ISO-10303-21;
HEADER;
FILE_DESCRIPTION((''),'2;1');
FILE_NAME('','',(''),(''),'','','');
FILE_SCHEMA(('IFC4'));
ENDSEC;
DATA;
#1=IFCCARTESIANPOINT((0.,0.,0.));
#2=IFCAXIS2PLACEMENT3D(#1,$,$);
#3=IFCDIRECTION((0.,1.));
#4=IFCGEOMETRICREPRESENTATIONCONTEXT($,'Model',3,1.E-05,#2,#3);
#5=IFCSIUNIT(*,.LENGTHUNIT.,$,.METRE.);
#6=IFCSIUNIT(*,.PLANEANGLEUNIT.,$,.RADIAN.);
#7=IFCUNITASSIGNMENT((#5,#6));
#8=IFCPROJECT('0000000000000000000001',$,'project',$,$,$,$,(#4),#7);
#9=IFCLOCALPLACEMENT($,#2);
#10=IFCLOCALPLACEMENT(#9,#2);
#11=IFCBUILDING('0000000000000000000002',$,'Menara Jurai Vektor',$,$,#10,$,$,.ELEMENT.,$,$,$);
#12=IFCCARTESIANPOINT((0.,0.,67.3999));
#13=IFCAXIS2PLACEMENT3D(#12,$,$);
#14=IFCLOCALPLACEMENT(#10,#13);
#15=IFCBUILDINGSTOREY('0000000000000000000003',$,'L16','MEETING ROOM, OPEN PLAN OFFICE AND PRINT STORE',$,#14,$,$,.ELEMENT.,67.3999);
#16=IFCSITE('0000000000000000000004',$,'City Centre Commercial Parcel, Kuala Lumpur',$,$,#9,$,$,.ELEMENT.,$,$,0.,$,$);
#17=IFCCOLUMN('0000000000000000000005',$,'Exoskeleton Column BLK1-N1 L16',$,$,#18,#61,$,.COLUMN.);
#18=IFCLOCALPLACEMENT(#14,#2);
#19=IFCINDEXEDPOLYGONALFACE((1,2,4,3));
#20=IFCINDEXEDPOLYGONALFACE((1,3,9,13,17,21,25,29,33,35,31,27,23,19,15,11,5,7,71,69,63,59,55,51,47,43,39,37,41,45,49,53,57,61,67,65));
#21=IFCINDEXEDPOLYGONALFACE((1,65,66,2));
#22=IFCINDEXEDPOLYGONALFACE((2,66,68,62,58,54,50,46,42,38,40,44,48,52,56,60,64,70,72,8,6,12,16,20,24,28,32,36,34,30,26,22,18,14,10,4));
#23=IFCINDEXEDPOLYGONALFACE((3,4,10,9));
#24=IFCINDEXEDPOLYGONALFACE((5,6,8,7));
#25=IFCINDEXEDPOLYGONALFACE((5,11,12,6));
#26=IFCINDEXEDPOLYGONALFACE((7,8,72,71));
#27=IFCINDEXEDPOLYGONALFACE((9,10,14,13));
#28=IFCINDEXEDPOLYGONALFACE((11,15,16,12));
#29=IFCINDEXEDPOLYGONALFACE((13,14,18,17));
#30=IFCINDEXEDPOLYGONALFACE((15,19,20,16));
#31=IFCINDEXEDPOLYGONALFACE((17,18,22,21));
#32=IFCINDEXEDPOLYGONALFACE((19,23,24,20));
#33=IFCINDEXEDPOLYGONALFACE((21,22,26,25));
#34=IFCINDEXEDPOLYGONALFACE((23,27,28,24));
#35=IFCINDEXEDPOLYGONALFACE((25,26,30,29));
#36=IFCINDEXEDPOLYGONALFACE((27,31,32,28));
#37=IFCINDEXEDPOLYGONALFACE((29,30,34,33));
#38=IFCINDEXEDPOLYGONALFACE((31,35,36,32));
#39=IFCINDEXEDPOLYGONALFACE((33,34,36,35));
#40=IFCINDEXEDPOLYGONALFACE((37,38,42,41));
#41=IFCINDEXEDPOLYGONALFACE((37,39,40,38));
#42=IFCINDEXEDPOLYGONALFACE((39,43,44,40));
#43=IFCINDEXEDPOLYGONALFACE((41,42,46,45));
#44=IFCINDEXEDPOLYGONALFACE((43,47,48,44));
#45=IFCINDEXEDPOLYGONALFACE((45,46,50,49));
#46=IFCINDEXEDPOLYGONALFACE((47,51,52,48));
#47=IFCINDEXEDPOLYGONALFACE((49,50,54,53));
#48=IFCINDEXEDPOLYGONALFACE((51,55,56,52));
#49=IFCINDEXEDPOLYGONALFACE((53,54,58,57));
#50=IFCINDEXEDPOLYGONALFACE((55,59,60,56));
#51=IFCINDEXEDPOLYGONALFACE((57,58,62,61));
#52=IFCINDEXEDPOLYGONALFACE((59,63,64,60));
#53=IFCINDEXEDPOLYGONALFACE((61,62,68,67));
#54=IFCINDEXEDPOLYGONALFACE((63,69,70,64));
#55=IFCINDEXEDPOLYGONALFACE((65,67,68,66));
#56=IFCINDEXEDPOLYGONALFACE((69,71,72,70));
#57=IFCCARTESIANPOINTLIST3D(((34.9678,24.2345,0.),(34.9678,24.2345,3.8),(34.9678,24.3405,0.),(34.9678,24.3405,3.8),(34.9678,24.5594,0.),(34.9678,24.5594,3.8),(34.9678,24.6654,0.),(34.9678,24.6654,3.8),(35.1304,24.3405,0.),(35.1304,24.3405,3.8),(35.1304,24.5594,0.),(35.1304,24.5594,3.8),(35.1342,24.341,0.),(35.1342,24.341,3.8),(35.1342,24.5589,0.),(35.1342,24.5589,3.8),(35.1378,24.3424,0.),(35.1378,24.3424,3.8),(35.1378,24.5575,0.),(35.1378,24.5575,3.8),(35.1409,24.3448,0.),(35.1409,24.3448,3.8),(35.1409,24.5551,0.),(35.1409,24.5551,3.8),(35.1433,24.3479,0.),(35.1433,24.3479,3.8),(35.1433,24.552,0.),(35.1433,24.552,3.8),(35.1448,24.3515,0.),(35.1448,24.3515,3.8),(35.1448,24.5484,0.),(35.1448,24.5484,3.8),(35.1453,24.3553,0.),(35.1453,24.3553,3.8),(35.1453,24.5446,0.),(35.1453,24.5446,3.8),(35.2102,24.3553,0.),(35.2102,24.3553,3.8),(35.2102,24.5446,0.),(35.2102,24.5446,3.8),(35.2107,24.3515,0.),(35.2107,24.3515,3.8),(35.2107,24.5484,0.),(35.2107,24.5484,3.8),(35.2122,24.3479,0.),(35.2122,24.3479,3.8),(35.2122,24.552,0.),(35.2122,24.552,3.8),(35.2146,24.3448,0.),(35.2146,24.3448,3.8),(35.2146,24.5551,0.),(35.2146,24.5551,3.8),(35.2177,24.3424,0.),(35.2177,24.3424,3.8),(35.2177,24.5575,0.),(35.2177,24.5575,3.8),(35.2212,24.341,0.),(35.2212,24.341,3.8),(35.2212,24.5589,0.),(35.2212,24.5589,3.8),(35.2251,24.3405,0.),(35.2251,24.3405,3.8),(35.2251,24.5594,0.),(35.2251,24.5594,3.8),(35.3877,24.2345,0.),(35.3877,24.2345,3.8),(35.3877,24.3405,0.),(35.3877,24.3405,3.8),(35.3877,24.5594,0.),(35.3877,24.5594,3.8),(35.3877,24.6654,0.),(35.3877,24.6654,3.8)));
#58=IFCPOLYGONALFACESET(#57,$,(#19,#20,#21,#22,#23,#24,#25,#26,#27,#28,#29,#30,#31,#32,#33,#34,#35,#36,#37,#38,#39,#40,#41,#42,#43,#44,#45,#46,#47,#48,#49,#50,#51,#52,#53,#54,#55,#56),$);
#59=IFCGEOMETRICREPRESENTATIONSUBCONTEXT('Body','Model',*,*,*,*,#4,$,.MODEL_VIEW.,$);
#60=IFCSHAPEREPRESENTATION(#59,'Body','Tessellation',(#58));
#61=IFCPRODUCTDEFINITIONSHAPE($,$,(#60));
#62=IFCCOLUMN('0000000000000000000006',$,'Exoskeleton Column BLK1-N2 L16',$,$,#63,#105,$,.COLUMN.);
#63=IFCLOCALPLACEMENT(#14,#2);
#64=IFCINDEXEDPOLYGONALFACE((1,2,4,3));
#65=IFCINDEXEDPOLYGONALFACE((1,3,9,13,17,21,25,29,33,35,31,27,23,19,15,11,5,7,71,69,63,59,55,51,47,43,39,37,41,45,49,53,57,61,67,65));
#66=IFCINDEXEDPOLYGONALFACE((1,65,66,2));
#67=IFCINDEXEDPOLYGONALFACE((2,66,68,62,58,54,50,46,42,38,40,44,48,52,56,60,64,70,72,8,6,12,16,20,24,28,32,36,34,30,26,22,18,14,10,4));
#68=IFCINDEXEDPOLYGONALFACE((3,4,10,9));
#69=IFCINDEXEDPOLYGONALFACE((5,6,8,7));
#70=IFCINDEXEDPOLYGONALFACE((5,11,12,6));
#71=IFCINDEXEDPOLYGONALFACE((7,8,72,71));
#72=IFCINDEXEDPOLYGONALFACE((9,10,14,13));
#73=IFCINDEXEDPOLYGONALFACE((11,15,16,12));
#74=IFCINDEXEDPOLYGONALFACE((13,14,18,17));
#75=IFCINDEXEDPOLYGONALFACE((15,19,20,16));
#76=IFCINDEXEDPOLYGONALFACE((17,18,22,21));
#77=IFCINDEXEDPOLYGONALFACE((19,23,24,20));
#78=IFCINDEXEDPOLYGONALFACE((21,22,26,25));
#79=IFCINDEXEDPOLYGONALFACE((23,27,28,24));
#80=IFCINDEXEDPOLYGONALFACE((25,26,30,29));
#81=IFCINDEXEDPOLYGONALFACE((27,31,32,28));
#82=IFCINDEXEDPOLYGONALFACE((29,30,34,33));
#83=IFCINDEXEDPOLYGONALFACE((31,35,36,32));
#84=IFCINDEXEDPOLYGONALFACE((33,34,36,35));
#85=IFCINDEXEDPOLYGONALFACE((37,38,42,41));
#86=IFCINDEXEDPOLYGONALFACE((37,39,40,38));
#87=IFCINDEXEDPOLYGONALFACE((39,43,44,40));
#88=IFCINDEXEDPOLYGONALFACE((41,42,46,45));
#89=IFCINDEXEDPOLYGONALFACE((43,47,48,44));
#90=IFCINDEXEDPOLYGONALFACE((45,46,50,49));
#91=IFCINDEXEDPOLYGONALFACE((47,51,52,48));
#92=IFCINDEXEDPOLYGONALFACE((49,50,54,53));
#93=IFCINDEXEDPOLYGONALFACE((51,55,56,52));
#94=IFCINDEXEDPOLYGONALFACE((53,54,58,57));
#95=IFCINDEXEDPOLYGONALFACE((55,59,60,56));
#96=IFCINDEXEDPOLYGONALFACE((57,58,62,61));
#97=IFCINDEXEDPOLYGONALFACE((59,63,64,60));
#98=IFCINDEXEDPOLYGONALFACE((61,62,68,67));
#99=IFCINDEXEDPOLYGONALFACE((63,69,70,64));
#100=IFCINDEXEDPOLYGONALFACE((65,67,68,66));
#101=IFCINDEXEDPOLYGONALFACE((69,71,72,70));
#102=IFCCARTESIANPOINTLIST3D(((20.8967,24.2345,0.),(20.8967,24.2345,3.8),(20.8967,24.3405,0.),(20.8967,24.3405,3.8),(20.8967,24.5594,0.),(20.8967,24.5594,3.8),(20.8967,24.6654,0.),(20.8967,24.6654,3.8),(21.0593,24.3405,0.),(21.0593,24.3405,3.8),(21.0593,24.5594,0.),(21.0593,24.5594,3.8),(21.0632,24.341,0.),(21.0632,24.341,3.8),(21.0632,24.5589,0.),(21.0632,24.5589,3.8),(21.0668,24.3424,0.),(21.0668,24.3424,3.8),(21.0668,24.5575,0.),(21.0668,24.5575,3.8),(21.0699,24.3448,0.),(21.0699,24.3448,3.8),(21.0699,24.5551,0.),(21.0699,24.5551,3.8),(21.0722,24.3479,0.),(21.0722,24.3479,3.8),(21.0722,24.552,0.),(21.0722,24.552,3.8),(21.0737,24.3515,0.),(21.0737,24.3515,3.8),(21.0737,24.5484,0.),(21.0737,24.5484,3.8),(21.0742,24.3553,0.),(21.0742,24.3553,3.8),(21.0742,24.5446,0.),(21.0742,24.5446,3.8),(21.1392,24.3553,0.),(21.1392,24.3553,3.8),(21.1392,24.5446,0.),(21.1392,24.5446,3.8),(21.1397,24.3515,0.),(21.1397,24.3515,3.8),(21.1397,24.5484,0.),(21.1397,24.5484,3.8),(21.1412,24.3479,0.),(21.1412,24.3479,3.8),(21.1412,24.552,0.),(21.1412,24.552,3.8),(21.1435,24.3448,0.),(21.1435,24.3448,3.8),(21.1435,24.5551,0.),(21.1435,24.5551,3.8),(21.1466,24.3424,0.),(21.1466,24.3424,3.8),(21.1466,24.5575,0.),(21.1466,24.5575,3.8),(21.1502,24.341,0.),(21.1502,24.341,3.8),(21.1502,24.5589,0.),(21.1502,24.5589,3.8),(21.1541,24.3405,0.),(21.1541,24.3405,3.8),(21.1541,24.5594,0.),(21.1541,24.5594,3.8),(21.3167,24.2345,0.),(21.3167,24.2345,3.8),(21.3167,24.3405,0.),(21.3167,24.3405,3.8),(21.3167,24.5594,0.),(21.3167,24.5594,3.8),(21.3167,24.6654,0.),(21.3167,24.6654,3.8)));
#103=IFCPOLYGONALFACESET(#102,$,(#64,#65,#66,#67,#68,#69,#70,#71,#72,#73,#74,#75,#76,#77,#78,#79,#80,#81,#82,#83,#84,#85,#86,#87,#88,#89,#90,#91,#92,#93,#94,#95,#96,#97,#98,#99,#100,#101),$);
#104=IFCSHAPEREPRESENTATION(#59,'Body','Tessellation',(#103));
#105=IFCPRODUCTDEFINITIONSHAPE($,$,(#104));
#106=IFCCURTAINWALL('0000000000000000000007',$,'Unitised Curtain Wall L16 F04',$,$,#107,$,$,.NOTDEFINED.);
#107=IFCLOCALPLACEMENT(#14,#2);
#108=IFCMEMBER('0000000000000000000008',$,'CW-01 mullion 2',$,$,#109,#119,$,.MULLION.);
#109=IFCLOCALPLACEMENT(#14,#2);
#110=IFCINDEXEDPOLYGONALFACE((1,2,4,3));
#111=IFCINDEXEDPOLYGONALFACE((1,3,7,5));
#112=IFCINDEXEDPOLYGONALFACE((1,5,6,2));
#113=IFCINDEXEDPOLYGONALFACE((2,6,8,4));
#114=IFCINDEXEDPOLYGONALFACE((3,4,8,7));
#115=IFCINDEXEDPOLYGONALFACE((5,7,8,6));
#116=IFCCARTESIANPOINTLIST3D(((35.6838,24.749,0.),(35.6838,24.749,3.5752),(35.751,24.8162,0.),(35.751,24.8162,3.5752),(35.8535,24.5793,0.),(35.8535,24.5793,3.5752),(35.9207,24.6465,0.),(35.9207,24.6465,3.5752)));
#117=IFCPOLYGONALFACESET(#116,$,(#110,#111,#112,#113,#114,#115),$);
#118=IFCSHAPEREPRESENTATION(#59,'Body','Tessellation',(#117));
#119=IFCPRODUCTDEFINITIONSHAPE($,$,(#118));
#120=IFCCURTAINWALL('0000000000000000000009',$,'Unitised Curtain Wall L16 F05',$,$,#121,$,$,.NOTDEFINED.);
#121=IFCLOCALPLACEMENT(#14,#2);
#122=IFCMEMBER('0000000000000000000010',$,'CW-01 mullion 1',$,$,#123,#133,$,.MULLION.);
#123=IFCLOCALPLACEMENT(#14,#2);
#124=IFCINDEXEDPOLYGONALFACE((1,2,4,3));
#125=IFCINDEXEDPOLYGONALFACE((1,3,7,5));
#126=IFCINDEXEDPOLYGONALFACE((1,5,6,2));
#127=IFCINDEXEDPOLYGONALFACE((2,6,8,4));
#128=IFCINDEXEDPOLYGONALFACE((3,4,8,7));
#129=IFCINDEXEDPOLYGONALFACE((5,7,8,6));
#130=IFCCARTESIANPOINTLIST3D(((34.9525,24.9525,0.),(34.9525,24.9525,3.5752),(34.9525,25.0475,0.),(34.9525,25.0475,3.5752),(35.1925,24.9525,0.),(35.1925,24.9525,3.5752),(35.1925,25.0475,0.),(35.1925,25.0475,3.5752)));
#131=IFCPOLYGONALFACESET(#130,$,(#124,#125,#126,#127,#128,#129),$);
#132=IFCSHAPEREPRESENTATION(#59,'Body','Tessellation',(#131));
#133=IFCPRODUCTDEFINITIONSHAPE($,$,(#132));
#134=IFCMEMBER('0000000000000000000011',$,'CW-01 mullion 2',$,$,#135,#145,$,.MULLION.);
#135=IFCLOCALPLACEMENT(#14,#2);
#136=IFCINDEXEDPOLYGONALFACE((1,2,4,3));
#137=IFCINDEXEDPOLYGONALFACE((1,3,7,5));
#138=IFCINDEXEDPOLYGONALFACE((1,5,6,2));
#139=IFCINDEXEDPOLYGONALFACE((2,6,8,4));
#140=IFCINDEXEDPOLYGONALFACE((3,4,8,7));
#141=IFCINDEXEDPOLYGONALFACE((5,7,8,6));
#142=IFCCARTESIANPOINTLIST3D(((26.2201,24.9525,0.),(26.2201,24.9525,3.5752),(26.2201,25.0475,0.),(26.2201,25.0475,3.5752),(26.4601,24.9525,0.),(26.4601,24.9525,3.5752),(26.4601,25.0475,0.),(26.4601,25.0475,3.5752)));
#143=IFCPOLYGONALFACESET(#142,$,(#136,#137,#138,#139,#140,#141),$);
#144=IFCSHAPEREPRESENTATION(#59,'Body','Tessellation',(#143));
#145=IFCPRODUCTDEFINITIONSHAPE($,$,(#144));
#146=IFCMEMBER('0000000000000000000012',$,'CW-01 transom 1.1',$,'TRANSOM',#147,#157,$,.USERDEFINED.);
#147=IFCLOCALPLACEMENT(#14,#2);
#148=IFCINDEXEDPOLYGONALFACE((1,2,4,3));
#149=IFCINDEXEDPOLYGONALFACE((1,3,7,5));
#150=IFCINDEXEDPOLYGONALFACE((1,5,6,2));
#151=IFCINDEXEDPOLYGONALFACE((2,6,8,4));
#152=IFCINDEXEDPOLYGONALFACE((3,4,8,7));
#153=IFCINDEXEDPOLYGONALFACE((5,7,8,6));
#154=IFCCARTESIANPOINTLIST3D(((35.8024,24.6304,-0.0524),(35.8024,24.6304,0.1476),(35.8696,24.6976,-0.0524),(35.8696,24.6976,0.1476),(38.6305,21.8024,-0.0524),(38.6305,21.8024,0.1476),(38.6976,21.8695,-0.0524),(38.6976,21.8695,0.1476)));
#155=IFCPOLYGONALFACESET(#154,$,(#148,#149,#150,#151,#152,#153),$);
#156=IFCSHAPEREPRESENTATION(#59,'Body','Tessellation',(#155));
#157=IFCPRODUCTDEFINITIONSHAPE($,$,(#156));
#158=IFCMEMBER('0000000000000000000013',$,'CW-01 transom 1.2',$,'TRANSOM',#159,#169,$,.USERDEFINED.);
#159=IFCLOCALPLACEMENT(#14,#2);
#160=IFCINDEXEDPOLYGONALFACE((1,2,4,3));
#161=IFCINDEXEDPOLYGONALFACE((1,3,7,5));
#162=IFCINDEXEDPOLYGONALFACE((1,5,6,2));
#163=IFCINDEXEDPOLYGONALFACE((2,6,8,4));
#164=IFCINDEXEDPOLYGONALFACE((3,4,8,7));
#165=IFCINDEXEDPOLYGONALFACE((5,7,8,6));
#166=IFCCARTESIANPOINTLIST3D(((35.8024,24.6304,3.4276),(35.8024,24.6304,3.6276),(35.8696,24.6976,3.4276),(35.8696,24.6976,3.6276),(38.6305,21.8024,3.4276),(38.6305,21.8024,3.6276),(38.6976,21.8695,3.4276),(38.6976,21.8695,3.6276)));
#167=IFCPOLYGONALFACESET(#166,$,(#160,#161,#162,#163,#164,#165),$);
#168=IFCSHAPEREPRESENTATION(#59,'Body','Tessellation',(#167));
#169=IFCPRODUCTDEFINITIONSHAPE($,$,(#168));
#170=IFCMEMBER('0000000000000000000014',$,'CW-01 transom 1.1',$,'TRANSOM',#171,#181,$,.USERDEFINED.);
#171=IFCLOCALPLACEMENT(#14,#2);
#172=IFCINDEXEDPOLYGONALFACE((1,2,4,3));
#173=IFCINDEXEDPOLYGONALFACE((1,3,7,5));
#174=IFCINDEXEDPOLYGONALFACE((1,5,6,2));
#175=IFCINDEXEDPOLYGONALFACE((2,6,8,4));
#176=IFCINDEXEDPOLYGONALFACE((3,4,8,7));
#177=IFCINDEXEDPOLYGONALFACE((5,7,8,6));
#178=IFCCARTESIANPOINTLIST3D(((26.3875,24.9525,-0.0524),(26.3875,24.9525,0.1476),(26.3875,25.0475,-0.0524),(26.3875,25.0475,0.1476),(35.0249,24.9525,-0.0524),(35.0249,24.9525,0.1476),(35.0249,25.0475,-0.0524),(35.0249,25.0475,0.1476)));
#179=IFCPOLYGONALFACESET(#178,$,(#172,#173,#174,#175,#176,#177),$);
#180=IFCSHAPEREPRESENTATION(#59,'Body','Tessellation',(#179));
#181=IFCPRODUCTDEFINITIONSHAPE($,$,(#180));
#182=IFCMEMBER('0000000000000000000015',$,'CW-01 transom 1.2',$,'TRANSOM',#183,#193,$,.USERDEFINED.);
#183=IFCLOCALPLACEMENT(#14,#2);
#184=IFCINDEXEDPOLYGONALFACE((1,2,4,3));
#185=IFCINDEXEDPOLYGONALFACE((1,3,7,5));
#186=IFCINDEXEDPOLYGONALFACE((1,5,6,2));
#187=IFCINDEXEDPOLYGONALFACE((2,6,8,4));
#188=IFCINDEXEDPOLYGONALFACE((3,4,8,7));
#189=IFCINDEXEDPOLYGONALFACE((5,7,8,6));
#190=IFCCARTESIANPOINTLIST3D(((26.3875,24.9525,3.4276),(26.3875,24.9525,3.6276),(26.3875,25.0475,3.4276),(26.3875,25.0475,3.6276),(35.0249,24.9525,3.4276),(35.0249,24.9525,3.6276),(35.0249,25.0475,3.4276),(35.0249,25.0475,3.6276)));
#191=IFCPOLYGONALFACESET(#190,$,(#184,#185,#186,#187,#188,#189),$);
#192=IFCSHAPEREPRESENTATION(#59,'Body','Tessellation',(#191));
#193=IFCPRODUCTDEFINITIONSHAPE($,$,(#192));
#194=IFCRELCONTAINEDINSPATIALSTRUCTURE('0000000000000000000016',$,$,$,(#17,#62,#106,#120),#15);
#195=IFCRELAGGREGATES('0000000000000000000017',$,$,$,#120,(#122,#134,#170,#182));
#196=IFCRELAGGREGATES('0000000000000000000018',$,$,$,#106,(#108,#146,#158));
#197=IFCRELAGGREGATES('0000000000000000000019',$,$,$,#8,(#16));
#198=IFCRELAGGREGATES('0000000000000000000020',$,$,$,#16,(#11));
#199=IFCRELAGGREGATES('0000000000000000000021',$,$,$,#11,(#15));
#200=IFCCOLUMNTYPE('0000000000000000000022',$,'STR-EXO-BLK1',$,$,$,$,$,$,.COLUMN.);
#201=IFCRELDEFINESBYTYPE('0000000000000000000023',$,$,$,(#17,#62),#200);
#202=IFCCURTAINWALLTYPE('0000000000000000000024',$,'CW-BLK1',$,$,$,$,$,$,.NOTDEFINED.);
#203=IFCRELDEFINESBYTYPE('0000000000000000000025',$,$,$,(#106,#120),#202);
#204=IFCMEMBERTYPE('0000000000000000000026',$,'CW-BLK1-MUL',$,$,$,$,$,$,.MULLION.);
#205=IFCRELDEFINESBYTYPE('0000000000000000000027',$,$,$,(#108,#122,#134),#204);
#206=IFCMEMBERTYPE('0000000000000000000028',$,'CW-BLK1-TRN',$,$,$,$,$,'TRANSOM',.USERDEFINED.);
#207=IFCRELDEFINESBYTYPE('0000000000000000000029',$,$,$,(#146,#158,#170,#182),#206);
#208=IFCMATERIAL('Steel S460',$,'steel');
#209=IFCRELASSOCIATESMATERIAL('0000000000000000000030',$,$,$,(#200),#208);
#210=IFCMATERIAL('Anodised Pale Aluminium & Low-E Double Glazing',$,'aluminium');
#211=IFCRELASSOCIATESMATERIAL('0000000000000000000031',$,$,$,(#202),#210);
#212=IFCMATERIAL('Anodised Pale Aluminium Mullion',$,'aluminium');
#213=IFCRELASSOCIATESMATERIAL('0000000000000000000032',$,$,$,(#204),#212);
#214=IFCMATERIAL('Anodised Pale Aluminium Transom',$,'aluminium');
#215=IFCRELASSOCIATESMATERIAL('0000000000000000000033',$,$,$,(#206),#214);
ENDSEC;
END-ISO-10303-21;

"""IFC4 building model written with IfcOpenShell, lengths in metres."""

from ifc_helpers import new_model, si_unit, direction, frame, origin, origin_2d, place, context, subcontext, project, spatial, rectangle, i_section, extrude, material, material_profile, profile_set, type_object, element, aggregate, save


model = new_model("IFC4")

# Units and contexts
model_context = context("Model", 3, precision=1e-05, world=origin(), true_north=direction((0.0, 1.0)))
body_context = subcontext(model_context, "Body", "Model", "MODEL_VIEW")
ifc_project = project(units=[si_unit("LENGTHUNIT", "METRE"), si_unit("PLANEANGLEUNIT", "RADIAN")], contexts=[model_context])

# Site, building, storey
site_placement = place(None, origin())
site = spatial("IfcSite", under=ifc_project, at=site_placement, Name="City Centre Commercial Parcel, Kuala Lumpur", CompositionType="ELEMENT", RefElevation=0.0)
building_placement = place(site_placement, origin())
building = spatial("IfcBuilding", under=site, at=building_placement, Name="Menara Jurai Vektor", CompositionType="ELEMENT")
storey_placement = place(building_placement, frame((0.0, 0.0, 67.3999)))
storey = spatial("IfcBuildingStorey", under=building, at=storey_placement, Name="L16", Description="MEETING ROOM, OPEN PLAN OFFICE AND PRINT STORE", CompositionType="ELEMENT", Elevation=67.3999)

# Columns
ifc_material_1 = material(Name="Steel S460", Category="steel")
ifc_material_profile_1 = material_profile(ifc_material_1, i_section(OverallWidth=0.4199, OverallDepth=0.4309, WebThickness=0.0649, FlangeThickness=0.106, FilletRadius=0.0149, at=origin_2d()), Name="HD 400x900")
ifc_profile_set_1 = profile_set([ifc_material_profile_1], Name="Steel S460")
column_type = type_object("IfcColumnType", Name="STR-EXO-BLK1", PredefinedType="COLUMN", material=ifc_profile_set_1)
for number, where, z_axis, x_axis, name in (
    (1, (35.1777, 24.45, 0.0), (0.0, 0.0, 1.0), (1.0, 0.0, 0.0), "Exoskeleton Column BLK1-N1 L16"),
    (2, (21.1067, 24.45, 0.0), (0.0, 0.0, 1.0), (1.0, 0.0, 0.0), "Exoskeleton Column BLK1-N2 L16"),
):
    element("IfcColumn", number, at=place(storey_placement, frame(where, z_axis=z_axis, x_axis=x_axis)), inside=storey, type_object=column_type, Name=name, PredefinedType="COLUMN", context=body_context, shape_type="SweptSolid", body=[
        extrude(i_section(OverallWidth=0.4199, OverallDepth=0.4309, WebThickness=0.0649, FlangeThickness=0.106, FilletRadius=0.0149, at=origin_2d()), origin(), (0.0, 0.0, 1.0), 3.8),
    ])

# Curtain wall, member
ifc_material_2 = material(Name="Anodised Pale Aluminium & Low-E Double Glazing", Category="aluminium")
curtain_wall_type = type_object("IfcCurtainWallType", Name="CW-BLK1", PredefinedType="NOTDEFINED", material=ifc_material_2)
curtain_wall_1_placement = place(storey_placement, origin())
curtain_wall_1 = element("IfcCurtainWall", 3, at=curtain_wall_1_placement, inside=storey, type_object=curtain_wall_type, Name="Unitised Curtain Wall L16 F04", PredefinedType="NOTDEFINED")
ifc_material_3 = material(Name="Anodised Pale Aluminium Mullion", Category="aluminium")
ifc_material_profile_2 = material_profile(ifc_material_3, rectangle(XDim=0.095, YDim=0.24, at=origin_2d()), Name="ALU MUL 95x240")
ifc_profile_set_2 = profile_set([ifc_material_profile_2], Name="Anodised Pale Aluminium Mullion")
member_type_1 = type_object("IfcMemberType", Name="CW-BLK1-MUL", PredefinedType="MULLION", material=ifc_profile_set_2)
member_1_placement = place(storey_placement, frame((35.8022, 24.6978, 0.0), z_axis=(0.0, 0.0, 1.0), x_axis=(-0.707107, -0.707107, 0.0)))
member_1 = element("IfcMember", 4, at=member_1_placement, type_object=member_type_1, Name="CW-01 mullion 2", PredefinedType="MULLION", context=body_context, shape_type="SweptSolid", body=[
    extrude(rectangle(XDim=0.095, YDim=0.24, at=origin_2d()), origin(), (0.0, 0.0, 1.0), 3.5752),
])

# Curtain wall, members
curtain_wall_2_placement = place(storey_placement, origin())
curtain_wall_2 = element("IfcCurtainWall", 5, at=curtain_wall_2_placement, inside=storey, type_object=curtain_wall_type, Name="Unitised Curtain Wall L16 F05", PredefinedType="NOTDEFINED")
member_2_placement = place(storey_placement, frame((35.0725, 25.0, 0.0), z_axis=(0.0, 0.0, 1.0), x_axis=(0.0, -1.0, 0.0)))
member_2 = element("IfcMember", 6, at=member_2_placement, type_object=member_type_1, Name="CW-01 mullion 1", PredefinedType="MULLION", context=body_context, shape_type="SweptSolid", body=[
    extrude(rectangle(XDim=0.095, YDim=0.24, at=origin_2d()), origin(), (0.0, 0.0, 1.0), 3.5752),
])
member_3_placement = place(storey_placement, frame((26.3401, 25.0, 0.0), z_axis=(0.0, 0.0, 1.0), x_axis=(0.0, -1.0, 0.0)))
member_3 = element("IfcMember", 7, at=member_3_placement, type_object=member_type_1, Name="CW-01 mullion 2", PredefinedType="MULLION", context=body_context, shape_type="SweptSolid", body=[
    extrude(rectangle(XDim=0.095, YDim=0.24, at=origin_2d()), origin(), (0.0, 0.0, 1.0), 3.5752),
])

# Members
ifc_material_4 = material(Name="Anodised Pale Aluminium Transom", Category="aluminium")
ifc_material_profile_3 = material_profile(ifc_material_4, rectangle(XDim=0.095, YDim=0.2, at=origin_2d()), Name="ALU TRN 95x200")
ifc_profile_set_3 = profile_set([ifc_material_profile_3], Name="Anodised Pale Aluminium Transom")
member_type_2 = type_object("IfcMemberType", Name="CW-BLK1-TRN", ElementType="TRANSOM", PredefinedType="USERDEFINED", material=ifc_profile_set_3)
member_4_placement = place(storey_placement, frame((38.6641, 21.8359, 0.0476), z_axis=(-0.707107, 0.707107, 0.0), x_axis=(-0.707107, -0.707107, 0.0)))
member_4 = element("IfcMember", 8, at=member_4_placement, type_object=member_type_2, Name="CW-01 transom 1.1", ObjectType="TRANSOM", PredefinedType="USERDEFINED", context=body_context, shape_type="SweptSolid", body=[
    extrude(rectangle(XDim=0.095, YDim=0.2, at=origin_2d()), origin(), (0.0, 0.0, 1.0), 3.9995),
])
member_5_placement = place(storey_placement, frame((38.6641, 21.8359, 3.5276), z_axis=(-0.707107, 0.707107, 0.0), x_axis=(-0.707107, -0.707107, 0.0)))
member_5 = element("IfcMember", 9, at=member_5_placement, type_object=member_type_2, Name="CW-01 transom 1.2", ObjectType="TRANSOM", PredefinedType="USERDEFINED", context=body_context, shape_type="SweptSolid", body=[
    extrude(rectangle(XDim=0.095, YDim=0.2, at=origin_2d()), origin(), (0.0, 0.0, 1.0), 3.9995),
])
member_6_placement = place(storey_placement, frame((35.0249, 25.0, 0.0476), z_axis=(-1.0, 0.0, 0.0), x_axis=(0.0, -1.0, 0.0)))
member_6 = element("IfcMember", 10, at=member_6_placement, type_object=member_type_2, Name="CW-01 transom 1.1", ObjectType="TRANSOM", PredefinedType="USERDEFINED", context=body_context, shape_type="SweptSolid", body=[
    extrude(rectangle(XDim=0.095, YDim=0.2, at=origin_2d()), origin(), (0.0, 0.0, 1.0), 8.6375),
])
member_7_placement = place(storey_placement, frame((35.0249, 25.0, 3.5276), z_axis=(-1.0, 0.0, 0.0), x_axis=(0.0, -1.0, 0.0)))
member_7 = element("IfcMember", 11, at=member_7_placement, type_object=member_type_2, Name="CW-01 transom 1.2", ObjectType="TRANSOM", PredefinedType="USERDEFINED", context=body_context, shape_type="SweptSolid", body=[
    extrude(rectangle(XDim=0.095, YDim=0.2, at=origin_2d()), origin(), (0.0, 0.0, 1.0), 8.6375),
])

aggregate(curtain_wall_2, [member_2, member_3, member_6, member_7])
aggregate(curtain_wall_1, [member_1, member_4, member_5])

save(model, "model.ifc")
